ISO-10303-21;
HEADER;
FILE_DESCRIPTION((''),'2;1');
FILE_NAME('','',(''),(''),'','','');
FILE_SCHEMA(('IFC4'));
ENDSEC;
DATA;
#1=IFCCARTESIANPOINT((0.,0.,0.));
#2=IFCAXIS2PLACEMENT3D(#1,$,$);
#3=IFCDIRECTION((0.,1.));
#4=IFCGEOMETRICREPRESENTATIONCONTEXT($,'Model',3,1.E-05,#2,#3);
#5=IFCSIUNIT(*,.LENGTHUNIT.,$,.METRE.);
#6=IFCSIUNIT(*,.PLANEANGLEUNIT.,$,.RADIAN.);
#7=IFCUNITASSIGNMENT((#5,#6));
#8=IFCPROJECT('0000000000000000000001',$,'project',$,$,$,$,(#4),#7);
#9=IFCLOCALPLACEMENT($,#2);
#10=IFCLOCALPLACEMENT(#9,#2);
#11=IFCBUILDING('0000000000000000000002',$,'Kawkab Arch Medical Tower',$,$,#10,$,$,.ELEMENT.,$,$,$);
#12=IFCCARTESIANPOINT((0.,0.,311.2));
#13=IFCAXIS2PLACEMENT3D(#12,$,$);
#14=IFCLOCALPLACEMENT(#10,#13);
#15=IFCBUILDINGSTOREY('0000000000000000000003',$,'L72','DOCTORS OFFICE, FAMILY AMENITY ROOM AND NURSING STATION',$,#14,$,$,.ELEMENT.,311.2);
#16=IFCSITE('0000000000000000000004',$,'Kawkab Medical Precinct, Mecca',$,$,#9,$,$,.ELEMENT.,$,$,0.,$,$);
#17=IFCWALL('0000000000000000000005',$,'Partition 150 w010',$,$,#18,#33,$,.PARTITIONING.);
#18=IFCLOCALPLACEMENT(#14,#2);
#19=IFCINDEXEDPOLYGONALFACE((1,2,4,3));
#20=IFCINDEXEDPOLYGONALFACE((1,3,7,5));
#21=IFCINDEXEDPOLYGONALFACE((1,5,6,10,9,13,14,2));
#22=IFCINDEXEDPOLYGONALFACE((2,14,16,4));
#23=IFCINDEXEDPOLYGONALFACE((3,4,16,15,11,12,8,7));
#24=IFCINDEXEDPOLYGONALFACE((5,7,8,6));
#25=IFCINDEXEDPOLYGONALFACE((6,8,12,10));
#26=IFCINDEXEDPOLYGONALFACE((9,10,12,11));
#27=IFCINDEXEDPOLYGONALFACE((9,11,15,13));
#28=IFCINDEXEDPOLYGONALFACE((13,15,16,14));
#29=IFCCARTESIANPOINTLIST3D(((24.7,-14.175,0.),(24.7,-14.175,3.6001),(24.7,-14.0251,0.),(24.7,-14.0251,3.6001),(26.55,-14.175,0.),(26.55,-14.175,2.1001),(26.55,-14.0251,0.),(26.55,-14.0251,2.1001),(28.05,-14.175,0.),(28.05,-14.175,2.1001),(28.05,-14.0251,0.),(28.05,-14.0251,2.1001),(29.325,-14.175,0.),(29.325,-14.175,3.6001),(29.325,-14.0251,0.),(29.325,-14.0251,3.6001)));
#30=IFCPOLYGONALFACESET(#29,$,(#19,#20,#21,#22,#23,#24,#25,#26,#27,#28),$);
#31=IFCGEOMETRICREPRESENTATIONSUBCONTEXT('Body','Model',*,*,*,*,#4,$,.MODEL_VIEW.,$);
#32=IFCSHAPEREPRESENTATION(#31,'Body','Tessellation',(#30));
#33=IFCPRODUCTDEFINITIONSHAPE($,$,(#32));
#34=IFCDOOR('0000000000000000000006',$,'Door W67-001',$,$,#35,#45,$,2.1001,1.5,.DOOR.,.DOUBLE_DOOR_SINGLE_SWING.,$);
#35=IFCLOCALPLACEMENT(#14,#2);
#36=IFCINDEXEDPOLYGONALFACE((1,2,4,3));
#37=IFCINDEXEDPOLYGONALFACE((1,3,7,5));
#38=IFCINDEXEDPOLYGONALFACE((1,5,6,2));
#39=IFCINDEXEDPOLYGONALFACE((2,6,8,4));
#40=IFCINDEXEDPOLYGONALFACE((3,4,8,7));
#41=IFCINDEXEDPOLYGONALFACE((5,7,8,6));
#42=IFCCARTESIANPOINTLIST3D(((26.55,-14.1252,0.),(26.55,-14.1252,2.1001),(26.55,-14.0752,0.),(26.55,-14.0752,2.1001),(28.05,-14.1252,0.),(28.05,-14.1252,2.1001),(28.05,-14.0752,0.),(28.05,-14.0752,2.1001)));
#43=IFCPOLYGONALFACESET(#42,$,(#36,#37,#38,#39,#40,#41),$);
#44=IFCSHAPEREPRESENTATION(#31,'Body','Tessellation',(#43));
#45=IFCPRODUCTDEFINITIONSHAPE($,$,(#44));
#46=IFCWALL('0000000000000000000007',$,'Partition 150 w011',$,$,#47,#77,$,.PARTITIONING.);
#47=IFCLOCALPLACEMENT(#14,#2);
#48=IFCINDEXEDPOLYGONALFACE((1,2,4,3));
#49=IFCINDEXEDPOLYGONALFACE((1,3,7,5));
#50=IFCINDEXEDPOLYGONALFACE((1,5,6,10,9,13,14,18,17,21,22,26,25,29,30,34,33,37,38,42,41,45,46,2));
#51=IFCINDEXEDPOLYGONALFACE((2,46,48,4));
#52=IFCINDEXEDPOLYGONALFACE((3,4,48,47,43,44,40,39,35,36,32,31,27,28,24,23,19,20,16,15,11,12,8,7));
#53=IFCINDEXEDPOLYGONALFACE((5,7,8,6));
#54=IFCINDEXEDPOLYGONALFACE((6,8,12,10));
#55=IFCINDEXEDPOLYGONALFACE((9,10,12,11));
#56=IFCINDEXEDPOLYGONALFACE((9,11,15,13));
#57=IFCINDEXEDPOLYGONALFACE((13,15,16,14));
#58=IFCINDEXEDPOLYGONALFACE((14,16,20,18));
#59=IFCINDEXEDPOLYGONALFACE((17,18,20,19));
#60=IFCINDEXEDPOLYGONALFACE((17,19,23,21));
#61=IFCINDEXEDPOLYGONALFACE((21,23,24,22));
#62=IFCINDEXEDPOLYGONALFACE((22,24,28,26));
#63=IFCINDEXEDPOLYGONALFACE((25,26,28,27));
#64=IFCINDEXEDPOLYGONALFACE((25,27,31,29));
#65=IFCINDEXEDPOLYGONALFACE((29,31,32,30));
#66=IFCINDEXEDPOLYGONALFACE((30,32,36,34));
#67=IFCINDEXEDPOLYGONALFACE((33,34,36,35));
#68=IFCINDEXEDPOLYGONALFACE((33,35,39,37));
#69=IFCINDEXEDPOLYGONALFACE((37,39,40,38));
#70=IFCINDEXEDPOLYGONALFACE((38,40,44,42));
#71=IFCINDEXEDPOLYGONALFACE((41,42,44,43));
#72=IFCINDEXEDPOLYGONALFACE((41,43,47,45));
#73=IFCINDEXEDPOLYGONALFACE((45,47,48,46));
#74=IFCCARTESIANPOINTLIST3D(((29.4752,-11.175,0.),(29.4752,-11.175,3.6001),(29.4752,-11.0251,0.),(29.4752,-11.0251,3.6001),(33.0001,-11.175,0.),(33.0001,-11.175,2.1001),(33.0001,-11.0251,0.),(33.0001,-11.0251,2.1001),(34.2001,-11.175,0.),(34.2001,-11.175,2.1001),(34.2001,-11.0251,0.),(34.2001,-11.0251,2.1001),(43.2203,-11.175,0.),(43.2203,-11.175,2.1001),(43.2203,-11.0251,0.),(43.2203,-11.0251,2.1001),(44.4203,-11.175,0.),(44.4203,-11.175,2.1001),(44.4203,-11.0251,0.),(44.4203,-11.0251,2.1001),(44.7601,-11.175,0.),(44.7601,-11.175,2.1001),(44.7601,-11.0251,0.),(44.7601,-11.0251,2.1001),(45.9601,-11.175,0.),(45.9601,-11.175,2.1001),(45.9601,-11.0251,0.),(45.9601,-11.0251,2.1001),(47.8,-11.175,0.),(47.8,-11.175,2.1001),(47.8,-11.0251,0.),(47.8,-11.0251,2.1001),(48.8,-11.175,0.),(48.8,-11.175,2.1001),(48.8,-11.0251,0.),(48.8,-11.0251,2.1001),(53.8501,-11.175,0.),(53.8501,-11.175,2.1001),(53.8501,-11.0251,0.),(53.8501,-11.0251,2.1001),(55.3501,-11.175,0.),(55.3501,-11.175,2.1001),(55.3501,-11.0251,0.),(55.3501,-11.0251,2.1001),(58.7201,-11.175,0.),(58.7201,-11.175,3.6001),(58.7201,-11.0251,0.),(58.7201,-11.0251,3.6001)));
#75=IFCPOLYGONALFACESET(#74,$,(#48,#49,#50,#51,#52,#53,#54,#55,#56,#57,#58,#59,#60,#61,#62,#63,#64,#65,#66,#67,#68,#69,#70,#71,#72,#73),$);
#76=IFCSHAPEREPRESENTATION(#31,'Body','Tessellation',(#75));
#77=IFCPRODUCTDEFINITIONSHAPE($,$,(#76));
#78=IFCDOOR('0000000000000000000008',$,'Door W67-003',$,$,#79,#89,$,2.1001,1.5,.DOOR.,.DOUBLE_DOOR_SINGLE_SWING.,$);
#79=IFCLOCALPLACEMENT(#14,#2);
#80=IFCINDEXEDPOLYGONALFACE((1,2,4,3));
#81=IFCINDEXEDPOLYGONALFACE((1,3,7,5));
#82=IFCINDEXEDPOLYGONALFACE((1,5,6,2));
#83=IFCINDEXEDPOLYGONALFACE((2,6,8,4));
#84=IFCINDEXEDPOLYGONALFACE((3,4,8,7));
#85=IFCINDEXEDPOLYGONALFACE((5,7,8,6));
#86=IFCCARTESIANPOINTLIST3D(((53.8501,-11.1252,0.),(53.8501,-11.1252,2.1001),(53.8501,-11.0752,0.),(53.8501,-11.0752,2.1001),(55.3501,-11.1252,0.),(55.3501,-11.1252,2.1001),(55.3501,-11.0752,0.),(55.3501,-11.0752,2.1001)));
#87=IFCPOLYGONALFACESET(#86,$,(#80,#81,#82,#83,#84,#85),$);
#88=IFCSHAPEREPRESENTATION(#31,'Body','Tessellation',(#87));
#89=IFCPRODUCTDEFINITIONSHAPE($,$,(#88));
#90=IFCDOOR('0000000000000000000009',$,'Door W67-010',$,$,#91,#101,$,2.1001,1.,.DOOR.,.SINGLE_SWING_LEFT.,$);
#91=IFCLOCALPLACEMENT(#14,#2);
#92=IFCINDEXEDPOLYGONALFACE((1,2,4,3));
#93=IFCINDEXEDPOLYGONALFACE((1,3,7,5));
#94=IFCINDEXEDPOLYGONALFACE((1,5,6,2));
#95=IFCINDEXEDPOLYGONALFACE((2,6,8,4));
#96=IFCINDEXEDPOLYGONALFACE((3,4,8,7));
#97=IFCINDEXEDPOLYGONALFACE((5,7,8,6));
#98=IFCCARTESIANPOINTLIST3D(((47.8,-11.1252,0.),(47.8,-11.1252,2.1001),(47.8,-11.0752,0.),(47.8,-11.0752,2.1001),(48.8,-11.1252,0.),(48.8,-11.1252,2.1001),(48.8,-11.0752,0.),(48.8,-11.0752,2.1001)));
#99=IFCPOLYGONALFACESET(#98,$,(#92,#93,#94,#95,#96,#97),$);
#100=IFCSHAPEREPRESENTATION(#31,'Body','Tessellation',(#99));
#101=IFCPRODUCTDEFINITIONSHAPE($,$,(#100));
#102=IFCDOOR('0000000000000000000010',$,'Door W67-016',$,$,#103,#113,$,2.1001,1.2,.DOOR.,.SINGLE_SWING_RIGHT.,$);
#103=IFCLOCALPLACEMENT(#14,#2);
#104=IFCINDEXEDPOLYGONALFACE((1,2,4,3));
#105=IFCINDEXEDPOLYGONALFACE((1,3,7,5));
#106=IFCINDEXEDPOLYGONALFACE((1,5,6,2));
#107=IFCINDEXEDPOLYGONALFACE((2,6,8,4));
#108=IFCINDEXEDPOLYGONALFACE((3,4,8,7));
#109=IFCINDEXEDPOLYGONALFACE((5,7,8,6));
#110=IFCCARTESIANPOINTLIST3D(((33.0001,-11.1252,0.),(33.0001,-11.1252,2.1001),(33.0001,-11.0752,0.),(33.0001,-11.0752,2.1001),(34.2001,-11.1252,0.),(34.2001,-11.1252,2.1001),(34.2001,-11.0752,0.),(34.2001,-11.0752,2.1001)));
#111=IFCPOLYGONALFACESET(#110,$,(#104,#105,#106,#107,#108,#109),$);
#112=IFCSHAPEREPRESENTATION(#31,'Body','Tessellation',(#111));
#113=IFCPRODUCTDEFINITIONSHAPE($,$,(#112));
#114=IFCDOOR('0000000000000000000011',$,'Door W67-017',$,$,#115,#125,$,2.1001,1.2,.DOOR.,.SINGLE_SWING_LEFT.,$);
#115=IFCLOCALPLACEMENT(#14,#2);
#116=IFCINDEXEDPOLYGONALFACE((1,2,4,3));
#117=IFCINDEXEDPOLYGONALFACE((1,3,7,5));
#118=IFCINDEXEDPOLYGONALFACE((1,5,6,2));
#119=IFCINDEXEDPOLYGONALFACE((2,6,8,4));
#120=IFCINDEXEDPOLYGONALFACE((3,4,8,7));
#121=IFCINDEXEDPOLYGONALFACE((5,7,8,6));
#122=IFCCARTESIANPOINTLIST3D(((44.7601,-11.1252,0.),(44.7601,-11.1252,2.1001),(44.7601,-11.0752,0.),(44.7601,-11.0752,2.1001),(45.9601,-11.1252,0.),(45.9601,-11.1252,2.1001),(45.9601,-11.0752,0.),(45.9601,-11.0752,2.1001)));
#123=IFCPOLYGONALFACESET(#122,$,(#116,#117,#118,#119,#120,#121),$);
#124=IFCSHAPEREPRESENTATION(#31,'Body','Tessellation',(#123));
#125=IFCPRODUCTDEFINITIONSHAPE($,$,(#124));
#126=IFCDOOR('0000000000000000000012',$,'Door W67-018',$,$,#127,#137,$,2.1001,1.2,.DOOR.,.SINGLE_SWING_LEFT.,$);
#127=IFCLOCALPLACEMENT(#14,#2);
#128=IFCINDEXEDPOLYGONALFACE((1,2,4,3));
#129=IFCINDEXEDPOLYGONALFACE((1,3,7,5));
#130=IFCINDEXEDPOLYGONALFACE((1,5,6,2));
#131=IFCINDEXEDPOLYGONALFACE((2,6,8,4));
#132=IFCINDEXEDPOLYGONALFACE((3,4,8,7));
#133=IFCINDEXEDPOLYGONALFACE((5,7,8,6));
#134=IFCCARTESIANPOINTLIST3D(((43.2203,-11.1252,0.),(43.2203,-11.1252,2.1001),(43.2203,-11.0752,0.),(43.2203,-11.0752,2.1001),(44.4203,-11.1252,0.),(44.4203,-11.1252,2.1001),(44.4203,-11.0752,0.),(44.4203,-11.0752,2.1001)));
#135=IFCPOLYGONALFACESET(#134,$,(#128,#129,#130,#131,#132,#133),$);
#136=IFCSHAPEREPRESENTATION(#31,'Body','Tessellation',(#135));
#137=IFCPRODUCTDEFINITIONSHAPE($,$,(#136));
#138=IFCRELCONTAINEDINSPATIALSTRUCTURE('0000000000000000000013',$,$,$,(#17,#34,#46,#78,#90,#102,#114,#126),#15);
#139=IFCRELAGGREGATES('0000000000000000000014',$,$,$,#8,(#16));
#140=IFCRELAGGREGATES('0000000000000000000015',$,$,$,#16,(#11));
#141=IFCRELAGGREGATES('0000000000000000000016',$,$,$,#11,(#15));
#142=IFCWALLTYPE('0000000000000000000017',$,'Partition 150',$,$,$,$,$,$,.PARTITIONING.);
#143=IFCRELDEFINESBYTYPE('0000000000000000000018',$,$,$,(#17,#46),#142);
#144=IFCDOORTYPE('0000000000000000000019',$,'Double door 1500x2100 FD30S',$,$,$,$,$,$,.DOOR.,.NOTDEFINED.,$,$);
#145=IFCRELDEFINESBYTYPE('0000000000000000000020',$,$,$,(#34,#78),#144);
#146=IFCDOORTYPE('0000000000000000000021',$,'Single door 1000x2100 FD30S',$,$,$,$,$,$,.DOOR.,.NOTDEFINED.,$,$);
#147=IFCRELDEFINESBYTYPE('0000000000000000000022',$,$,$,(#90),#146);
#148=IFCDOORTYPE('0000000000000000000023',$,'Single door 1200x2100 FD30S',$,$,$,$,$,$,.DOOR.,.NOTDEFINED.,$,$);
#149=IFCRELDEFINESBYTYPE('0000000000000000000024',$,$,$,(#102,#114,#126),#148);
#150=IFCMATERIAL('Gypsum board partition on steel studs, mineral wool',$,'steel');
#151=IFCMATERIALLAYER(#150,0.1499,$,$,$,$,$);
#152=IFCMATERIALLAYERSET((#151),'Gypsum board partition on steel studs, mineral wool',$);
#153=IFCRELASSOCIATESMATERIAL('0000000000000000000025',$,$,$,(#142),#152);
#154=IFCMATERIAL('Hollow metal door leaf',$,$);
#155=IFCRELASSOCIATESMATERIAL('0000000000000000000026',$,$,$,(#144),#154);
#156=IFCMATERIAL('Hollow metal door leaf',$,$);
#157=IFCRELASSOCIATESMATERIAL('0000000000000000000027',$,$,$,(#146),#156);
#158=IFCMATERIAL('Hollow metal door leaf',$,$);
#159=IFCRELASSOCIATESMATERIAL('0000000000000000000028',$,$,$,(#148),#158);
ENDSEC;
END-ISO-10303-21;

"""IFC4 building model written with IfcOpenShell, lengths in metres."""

from ifc_helpers import new_model, si_unit, direction, frame, frame_2d, origin, place, context, subcontext, project, spatial, rectangle, extrude, material, layer, layer_set, type_object, element, fill, save


model = new_model("IFC4")

# Units and contexts
model_context = context("Model", 3, precision=1e-05, world=origin(), true_north=direction((0.0, 1.0)))
body_context = subcontext(model_context, "Body", "Model", "MODEL_VIEW")
ifc_project = project(units=[si_unit("LENGTHUNIT", "METRE"), si_unit("PLANEANGLEUNIT", "RADIAN")], contexts=[model_context])

# Site, building, storey
site_placement = place(None, origin())
site = spatial("IfcSite", under=ifc_project, at=site_placement, Name="Kawkab Medical Precinct, Mecca", CompositionType="ELEMENT", RefElevation=0.0)
building_placement = place(site_placement, origin())
building = spatial("IfcBuilding", under=site, at=building_placement, Name="Kawkab Arch Medical Tower", CompositionType="ELEMENT")
storey_placement = place(building_placement, frame((0.0, 0.0, 311.2)))
storey = spatial("IfcBuildingStorey", under=building, at=storey_placement, Name="L72", Description="DOCTORS OFFICE, FAMILY AMENITY ROOM AND NURSING STATION", CompositionType="ELEMENT", Elevation=311.2)

# Wall, opening, door
ifc_material_1 = material(Name="Gypsum board partition on steel studs, mineral wool", Category="steel")
ifc_layer_1 = layer(ifc_material_1, 0.1499)
ifc_layer_set_1 = layer_set([ifc_layer_1], Name="Gypsum board partition on steel studs, mineral wool")
wall_type_1 = type_object("IfcWallType", Name="Partition 150", PredefinedType="PARTITIONING", material=ifc_layer_set_1)
wall_1_placement = place(storey_placement, frame((24.7, -14.1001, 0.0), z_axis=(0.0, 0.0, 1.0), x_axis=(1.0, 0.0, 0.0)))
wall_1 = element("IfcWall", 1, at=wall_1_placement, inside=storey, type_object=wall_type_1, Name="Partition 150 w010", PredefinedType="PARTITIONING", context=body_context, shape_type="SweptSolid", body=[
    extrude(rectangle(XDim=4.625, YDim=0.1499, at=frame_2d((2.3125, 0.0))), origin(), (0.0, 0.0, 1.0), 3.6001),
])
opening_1_placement = place(wall_1_placement, frame((1.8501, 0.0, 0.0)))
opening_1 = element("IfcOpeningElement", 2, at=opening_1_placement, cuts=wall_1, PredefinedType="OPENING", context=body_context, shape_type="SweptSolid", body=[
    extrude(rectangle(XDim=1.5, YDim=2.1001, at=frame_2d((0.75, 1.05))), frame((0.0, 0.085, 0.0), z_axis=(0.0, -1.0, 0.0), x_axis=(1.0, 0.0, 0.0)), (0.0, 0.0, 1.0), 0.1699),
])
ifc_material_2 = material(Name="Hollow metal door leaf")
door_type_1 = type_object("IfcDoorType", Name="Double door 1500x2100 FD30S", OperationType="NOTDEFINED", PredefinedType="DOOR", material=ifc_material_2)
door_1_placement = place(opening_1_placement, origin())
door_1 = element("IfcDoor", 3, at=door_1_placement, inside=storey, type_object=door_type_1, Name="Door W67-001", OperationType="DOUBLE_DOOR_SINGLE_SWING", OverallHeight=2.1001, OverallWidth=1.5, PredefinedType="DOOR", context=body_context, shape_type="SweptSolid", body=[
    extrude(rectangle(XDim=1.5, YDim=2.1001, at=frame_2d((0.75, 1.05))), frame((0.0, 0.0249, 0.0), z_axis=(0.0, -1.0, 0.0), x_axis=(1.0, 0.0, 0.0)), (0.0, 0.0, 1.0), 0.05),
])
fill(opening_1, door_1)

# Wall, openings, doors
wall_2_placement = place(storey_placement, frame((29.4751, -11.1001, 0.0), z_axis=(0.0, 0.0, 1.0), x_axis=(1.0, 0.0, 0.0)))
wall_2 = element("IfcWall", 4, at=wall_2_placement, inside=storey, type_object=wall_type_1, Name="Partition 150 w011", PredefinedType="PARTITIONING", context=body_context, shape_type="SweptSolid", body=[
    extrude(rectangle(XDim=29.2449, YDim=0.1499, at=frame_2d((14.6226, 0.0))), origin(), (0.0, 0.0, 1.0), 3.6001),
])
opening_2_placement = place(wall_2_placement, frame((3.5249, 0.0, 0.0)))
opening_2 = element("IfcOpeningElement", 5, at=opening_2_placement, cuts=wall_2, PredefinedType="OPENING", context=body_context, shape_type="SweptSolid", body=[
    extrude(rectangle(XDim=1.2, YDim=2.1001, at=frame_2d((0.6001, 1.05))), frame((0.0, 0.085, 0.0), z_axis=(0.0, -1.0, 0.0), x_axis=(1.0, 0.0, 0.0)), (0.0, 0.0, 1.0), 0.1699),
])
opening_3_placement = place(wall_2_placement, frame((15.2849, 0.0, 0.0)))
opening_3 = element("IfcOpeningElement", 6, at=opening_3_placement, cuts=wall_2, PredefinedType="OPENING", context=body_context, shape_type="SweptSolid", body=[
    extrude(rectangle(XDim=1.2, YDim=2.1001, at=frame_2d((0.6001, 1.05))), frame((0.0, 0.085, 0.0), z_axis=(0.0, -1.0, 0.0), x_axis=(1.0, 0.0, 0.0)), (0.0, 0.0, 1.0), 0.1699),
])
opening_4_placement = place(wall_2_placement, frame((13.7451, 0.0, 0.0)))
opening_4 = element("IfcOpeningElement", 7, at=opening_4_placement, cuts=wall_2, PredefinedType="OPENING", context=body_context, shape_type="SweptSolid", body=[
    extrude(rectangle(XDim=1.2, YDim=2.1001, at=frame_2d((0.6001, 1.05))), frame((0.0, 0.085, 0.0), z_axis=(0.0, -1.0, 0.0), x_axis=(1.0, 0.0, 0.0)), (0.0, 0.0, 1.0), 0.1699),
])
opening_5_placement = place(wall_2_placement, frame((18.325, 0.0, 0.0)))
opening_5 = element("IfcOpeningElement", 8, at=opening_5_placement, cuts=wall_2, PredefinedType="OPENING", context=body_context, shape_type="SweptSolid", body=[
    extrude(rectangle(XDim=1.0, YDim=2.1001, at=frame_2d((0.5, 1.05))), frame((0.0, 0.085, 0.0), z_axis=(0.0, -1.0, 0.0), x_axis=(1.0, 0.0, 0.0)), (0.0, 0.0, 1.0), 0.1699),
])
opening_6_placement = place(wall_2_placement, frame((24.375, 0.0, 0.0)))
opening_6 = element("IfcOpeningElement", 9, at=opening_6_placement, cuts=wall_2, PredefinedType="OPENING", context=body_context, shape_type="SweptSolid", body=[
    extrude(rectangle(XDim=1.5, YDim=2.1001, at=frame_2d((0.75, 1.05))), frame((0.0, 0.085, 0.0), z_axis=(0.0, -1.0, 0.0), x_axis=(1.0, 0.0, 0.0)), (0.0, 0.0, 1.0), 0.1699),
])
door_2_placement = place(opening_6_placement, origin())
door_2 = element("IfcDoor", 10, at=door_2_placement, inside=storey, type_object=door_type_1, Name="Door W67-003", OperationType="DOUBLE_DOOR_SINGLE_SWING", OverallHeight=2.1001, OverallWidth=1.5, PredefinedType="DOOR", context=body_context, shape_type="SweptSolid", body=[
    extrude(rectangle(XDim=1.5, YDim=2.1001, at=frame_2d((0.75, 1.05))), frame((0.0, 0.0249, 0.0), z_axis=(0.0, -1.0, 0.0), x_axis=(1.0, 0.0, 0.0)), (0.0, 0.0, 1.0), 0.05),
])
fill(opening_6, door_2)
ifc_material_3 = material(Name="Hollow metal door leaf")
door_type_2 = type_object("IfcDoorType", Name="Single door 1000x2100 FD30S", OperationType="NOTDEFINED", PredefinedType="DOOR", material=ifc_material_3)
door_3_placement = place(opening_5_placement, origin())
door_3 = element("IfcDoor", 11, at=door_3_placement, inside=storey, type_object=door_type_2, Name="Door W67-010", OperationType="SINGLE_SWING_LEFT", OverallHeight=2.1001, OverallWidth=1.0, PredefinedType="DOOR", context=body_context, shape_type="SweptSolid", body=[
    extrude(rectangle(XDim=1.0, YDim=2.1001, at=frame_2d((0.5, 1.05))), frame((0.0, 0.0249, 0.0), z_axis=(0.0, -1.0, 0.0), x_axis=(1.0, 0.0, 0.0)), (0.0, 0.0, 1.0), 0.05),
])
fill(opening_5, door_3)
ifc_material_4 = material(Name="Hollow metal door leaf")
door_type_3 = type_object("IfcDoorType", Name="Single door 1200x2100 FD30S", OperationType="NOTDEFINED", PredefinedType="DOOR", material=ifc_material_4)
door_4_placement = place(opening_2_placement, origin())
door_4 = element("IfcDoor", 12, at=door_4_placement, inside=storey, type_object=door_type_3, Name="Door W67-016", OperationType="SINGLE_SWING_RIGHT", OverallHeight=2.1001, OverallWidth=1.2, PredefinedType="DOOR", context=body_context, shape_type="SweptSolid", body=[
    extrude(rectangle(XDim=1.2, YDim=2.1001, at=frame_2d((0.6001, 1.05))), frame((0.0, 0.0249, 0.0), z_axis=(0.0, -1.0, 0.0), x_axis=(1.0, 0.0, 0.0)), (0.0, 0.0, 1.0), 0.05),
])
fill(opening_2, door_4)
door_5_placement = place(opening_3_placement, origin())
door_5 = element("IfcDoor", 13, at=door_5_placement, inside=storey, type_object=door_type_3, Name="Door W67-017", OperationType="SINGLE_SWING_LEFT", OverallHeight=2.1001, OverallWidth=1.2, PredefinedType="DOOR", context=body_context, shape_type="SweptSolid", body=[
    extrude(rectangle(XDim=1.2, YDim=2.1001, at=frame_2d((0.6001, 1.05))), frame((0.0, 0.0249, 0.0), z_axis=(0.0, -1.0, 0.0), x_axis=(1.0, 0.0, 0.0)), (0.0, 0.0, 1.0), 0.05),
])
fill(opening_3, door_5)
door_6_placement = place(opening_4_placement, origin())
door_6 = element("IfcDoor", 14, at=door_6_placement, inside=storey, type_object=door_type_3, Name="Door W67-018", OperationType="SINGLE_SWING_LEFT", OverallHeight=2.1001, OverallWidth=1.2, PredefinedType="DOOR", context=body_context, shape_type="SweptSolid", body=[
    extrude(rectangle(XDim=1.2, YDim=2.1001, at=frame_2d((0.6001, 1.05))), frame((0.0, 0.0249, 0.0), z_axis=(0.0, -1.0, 0.0), x_axis=(1.0, 0.0, 0.0)), (0.0, 0.0, 1.0), 0.05),
])
fill(opening_4, door_6)

save(model, "model.ifc")
